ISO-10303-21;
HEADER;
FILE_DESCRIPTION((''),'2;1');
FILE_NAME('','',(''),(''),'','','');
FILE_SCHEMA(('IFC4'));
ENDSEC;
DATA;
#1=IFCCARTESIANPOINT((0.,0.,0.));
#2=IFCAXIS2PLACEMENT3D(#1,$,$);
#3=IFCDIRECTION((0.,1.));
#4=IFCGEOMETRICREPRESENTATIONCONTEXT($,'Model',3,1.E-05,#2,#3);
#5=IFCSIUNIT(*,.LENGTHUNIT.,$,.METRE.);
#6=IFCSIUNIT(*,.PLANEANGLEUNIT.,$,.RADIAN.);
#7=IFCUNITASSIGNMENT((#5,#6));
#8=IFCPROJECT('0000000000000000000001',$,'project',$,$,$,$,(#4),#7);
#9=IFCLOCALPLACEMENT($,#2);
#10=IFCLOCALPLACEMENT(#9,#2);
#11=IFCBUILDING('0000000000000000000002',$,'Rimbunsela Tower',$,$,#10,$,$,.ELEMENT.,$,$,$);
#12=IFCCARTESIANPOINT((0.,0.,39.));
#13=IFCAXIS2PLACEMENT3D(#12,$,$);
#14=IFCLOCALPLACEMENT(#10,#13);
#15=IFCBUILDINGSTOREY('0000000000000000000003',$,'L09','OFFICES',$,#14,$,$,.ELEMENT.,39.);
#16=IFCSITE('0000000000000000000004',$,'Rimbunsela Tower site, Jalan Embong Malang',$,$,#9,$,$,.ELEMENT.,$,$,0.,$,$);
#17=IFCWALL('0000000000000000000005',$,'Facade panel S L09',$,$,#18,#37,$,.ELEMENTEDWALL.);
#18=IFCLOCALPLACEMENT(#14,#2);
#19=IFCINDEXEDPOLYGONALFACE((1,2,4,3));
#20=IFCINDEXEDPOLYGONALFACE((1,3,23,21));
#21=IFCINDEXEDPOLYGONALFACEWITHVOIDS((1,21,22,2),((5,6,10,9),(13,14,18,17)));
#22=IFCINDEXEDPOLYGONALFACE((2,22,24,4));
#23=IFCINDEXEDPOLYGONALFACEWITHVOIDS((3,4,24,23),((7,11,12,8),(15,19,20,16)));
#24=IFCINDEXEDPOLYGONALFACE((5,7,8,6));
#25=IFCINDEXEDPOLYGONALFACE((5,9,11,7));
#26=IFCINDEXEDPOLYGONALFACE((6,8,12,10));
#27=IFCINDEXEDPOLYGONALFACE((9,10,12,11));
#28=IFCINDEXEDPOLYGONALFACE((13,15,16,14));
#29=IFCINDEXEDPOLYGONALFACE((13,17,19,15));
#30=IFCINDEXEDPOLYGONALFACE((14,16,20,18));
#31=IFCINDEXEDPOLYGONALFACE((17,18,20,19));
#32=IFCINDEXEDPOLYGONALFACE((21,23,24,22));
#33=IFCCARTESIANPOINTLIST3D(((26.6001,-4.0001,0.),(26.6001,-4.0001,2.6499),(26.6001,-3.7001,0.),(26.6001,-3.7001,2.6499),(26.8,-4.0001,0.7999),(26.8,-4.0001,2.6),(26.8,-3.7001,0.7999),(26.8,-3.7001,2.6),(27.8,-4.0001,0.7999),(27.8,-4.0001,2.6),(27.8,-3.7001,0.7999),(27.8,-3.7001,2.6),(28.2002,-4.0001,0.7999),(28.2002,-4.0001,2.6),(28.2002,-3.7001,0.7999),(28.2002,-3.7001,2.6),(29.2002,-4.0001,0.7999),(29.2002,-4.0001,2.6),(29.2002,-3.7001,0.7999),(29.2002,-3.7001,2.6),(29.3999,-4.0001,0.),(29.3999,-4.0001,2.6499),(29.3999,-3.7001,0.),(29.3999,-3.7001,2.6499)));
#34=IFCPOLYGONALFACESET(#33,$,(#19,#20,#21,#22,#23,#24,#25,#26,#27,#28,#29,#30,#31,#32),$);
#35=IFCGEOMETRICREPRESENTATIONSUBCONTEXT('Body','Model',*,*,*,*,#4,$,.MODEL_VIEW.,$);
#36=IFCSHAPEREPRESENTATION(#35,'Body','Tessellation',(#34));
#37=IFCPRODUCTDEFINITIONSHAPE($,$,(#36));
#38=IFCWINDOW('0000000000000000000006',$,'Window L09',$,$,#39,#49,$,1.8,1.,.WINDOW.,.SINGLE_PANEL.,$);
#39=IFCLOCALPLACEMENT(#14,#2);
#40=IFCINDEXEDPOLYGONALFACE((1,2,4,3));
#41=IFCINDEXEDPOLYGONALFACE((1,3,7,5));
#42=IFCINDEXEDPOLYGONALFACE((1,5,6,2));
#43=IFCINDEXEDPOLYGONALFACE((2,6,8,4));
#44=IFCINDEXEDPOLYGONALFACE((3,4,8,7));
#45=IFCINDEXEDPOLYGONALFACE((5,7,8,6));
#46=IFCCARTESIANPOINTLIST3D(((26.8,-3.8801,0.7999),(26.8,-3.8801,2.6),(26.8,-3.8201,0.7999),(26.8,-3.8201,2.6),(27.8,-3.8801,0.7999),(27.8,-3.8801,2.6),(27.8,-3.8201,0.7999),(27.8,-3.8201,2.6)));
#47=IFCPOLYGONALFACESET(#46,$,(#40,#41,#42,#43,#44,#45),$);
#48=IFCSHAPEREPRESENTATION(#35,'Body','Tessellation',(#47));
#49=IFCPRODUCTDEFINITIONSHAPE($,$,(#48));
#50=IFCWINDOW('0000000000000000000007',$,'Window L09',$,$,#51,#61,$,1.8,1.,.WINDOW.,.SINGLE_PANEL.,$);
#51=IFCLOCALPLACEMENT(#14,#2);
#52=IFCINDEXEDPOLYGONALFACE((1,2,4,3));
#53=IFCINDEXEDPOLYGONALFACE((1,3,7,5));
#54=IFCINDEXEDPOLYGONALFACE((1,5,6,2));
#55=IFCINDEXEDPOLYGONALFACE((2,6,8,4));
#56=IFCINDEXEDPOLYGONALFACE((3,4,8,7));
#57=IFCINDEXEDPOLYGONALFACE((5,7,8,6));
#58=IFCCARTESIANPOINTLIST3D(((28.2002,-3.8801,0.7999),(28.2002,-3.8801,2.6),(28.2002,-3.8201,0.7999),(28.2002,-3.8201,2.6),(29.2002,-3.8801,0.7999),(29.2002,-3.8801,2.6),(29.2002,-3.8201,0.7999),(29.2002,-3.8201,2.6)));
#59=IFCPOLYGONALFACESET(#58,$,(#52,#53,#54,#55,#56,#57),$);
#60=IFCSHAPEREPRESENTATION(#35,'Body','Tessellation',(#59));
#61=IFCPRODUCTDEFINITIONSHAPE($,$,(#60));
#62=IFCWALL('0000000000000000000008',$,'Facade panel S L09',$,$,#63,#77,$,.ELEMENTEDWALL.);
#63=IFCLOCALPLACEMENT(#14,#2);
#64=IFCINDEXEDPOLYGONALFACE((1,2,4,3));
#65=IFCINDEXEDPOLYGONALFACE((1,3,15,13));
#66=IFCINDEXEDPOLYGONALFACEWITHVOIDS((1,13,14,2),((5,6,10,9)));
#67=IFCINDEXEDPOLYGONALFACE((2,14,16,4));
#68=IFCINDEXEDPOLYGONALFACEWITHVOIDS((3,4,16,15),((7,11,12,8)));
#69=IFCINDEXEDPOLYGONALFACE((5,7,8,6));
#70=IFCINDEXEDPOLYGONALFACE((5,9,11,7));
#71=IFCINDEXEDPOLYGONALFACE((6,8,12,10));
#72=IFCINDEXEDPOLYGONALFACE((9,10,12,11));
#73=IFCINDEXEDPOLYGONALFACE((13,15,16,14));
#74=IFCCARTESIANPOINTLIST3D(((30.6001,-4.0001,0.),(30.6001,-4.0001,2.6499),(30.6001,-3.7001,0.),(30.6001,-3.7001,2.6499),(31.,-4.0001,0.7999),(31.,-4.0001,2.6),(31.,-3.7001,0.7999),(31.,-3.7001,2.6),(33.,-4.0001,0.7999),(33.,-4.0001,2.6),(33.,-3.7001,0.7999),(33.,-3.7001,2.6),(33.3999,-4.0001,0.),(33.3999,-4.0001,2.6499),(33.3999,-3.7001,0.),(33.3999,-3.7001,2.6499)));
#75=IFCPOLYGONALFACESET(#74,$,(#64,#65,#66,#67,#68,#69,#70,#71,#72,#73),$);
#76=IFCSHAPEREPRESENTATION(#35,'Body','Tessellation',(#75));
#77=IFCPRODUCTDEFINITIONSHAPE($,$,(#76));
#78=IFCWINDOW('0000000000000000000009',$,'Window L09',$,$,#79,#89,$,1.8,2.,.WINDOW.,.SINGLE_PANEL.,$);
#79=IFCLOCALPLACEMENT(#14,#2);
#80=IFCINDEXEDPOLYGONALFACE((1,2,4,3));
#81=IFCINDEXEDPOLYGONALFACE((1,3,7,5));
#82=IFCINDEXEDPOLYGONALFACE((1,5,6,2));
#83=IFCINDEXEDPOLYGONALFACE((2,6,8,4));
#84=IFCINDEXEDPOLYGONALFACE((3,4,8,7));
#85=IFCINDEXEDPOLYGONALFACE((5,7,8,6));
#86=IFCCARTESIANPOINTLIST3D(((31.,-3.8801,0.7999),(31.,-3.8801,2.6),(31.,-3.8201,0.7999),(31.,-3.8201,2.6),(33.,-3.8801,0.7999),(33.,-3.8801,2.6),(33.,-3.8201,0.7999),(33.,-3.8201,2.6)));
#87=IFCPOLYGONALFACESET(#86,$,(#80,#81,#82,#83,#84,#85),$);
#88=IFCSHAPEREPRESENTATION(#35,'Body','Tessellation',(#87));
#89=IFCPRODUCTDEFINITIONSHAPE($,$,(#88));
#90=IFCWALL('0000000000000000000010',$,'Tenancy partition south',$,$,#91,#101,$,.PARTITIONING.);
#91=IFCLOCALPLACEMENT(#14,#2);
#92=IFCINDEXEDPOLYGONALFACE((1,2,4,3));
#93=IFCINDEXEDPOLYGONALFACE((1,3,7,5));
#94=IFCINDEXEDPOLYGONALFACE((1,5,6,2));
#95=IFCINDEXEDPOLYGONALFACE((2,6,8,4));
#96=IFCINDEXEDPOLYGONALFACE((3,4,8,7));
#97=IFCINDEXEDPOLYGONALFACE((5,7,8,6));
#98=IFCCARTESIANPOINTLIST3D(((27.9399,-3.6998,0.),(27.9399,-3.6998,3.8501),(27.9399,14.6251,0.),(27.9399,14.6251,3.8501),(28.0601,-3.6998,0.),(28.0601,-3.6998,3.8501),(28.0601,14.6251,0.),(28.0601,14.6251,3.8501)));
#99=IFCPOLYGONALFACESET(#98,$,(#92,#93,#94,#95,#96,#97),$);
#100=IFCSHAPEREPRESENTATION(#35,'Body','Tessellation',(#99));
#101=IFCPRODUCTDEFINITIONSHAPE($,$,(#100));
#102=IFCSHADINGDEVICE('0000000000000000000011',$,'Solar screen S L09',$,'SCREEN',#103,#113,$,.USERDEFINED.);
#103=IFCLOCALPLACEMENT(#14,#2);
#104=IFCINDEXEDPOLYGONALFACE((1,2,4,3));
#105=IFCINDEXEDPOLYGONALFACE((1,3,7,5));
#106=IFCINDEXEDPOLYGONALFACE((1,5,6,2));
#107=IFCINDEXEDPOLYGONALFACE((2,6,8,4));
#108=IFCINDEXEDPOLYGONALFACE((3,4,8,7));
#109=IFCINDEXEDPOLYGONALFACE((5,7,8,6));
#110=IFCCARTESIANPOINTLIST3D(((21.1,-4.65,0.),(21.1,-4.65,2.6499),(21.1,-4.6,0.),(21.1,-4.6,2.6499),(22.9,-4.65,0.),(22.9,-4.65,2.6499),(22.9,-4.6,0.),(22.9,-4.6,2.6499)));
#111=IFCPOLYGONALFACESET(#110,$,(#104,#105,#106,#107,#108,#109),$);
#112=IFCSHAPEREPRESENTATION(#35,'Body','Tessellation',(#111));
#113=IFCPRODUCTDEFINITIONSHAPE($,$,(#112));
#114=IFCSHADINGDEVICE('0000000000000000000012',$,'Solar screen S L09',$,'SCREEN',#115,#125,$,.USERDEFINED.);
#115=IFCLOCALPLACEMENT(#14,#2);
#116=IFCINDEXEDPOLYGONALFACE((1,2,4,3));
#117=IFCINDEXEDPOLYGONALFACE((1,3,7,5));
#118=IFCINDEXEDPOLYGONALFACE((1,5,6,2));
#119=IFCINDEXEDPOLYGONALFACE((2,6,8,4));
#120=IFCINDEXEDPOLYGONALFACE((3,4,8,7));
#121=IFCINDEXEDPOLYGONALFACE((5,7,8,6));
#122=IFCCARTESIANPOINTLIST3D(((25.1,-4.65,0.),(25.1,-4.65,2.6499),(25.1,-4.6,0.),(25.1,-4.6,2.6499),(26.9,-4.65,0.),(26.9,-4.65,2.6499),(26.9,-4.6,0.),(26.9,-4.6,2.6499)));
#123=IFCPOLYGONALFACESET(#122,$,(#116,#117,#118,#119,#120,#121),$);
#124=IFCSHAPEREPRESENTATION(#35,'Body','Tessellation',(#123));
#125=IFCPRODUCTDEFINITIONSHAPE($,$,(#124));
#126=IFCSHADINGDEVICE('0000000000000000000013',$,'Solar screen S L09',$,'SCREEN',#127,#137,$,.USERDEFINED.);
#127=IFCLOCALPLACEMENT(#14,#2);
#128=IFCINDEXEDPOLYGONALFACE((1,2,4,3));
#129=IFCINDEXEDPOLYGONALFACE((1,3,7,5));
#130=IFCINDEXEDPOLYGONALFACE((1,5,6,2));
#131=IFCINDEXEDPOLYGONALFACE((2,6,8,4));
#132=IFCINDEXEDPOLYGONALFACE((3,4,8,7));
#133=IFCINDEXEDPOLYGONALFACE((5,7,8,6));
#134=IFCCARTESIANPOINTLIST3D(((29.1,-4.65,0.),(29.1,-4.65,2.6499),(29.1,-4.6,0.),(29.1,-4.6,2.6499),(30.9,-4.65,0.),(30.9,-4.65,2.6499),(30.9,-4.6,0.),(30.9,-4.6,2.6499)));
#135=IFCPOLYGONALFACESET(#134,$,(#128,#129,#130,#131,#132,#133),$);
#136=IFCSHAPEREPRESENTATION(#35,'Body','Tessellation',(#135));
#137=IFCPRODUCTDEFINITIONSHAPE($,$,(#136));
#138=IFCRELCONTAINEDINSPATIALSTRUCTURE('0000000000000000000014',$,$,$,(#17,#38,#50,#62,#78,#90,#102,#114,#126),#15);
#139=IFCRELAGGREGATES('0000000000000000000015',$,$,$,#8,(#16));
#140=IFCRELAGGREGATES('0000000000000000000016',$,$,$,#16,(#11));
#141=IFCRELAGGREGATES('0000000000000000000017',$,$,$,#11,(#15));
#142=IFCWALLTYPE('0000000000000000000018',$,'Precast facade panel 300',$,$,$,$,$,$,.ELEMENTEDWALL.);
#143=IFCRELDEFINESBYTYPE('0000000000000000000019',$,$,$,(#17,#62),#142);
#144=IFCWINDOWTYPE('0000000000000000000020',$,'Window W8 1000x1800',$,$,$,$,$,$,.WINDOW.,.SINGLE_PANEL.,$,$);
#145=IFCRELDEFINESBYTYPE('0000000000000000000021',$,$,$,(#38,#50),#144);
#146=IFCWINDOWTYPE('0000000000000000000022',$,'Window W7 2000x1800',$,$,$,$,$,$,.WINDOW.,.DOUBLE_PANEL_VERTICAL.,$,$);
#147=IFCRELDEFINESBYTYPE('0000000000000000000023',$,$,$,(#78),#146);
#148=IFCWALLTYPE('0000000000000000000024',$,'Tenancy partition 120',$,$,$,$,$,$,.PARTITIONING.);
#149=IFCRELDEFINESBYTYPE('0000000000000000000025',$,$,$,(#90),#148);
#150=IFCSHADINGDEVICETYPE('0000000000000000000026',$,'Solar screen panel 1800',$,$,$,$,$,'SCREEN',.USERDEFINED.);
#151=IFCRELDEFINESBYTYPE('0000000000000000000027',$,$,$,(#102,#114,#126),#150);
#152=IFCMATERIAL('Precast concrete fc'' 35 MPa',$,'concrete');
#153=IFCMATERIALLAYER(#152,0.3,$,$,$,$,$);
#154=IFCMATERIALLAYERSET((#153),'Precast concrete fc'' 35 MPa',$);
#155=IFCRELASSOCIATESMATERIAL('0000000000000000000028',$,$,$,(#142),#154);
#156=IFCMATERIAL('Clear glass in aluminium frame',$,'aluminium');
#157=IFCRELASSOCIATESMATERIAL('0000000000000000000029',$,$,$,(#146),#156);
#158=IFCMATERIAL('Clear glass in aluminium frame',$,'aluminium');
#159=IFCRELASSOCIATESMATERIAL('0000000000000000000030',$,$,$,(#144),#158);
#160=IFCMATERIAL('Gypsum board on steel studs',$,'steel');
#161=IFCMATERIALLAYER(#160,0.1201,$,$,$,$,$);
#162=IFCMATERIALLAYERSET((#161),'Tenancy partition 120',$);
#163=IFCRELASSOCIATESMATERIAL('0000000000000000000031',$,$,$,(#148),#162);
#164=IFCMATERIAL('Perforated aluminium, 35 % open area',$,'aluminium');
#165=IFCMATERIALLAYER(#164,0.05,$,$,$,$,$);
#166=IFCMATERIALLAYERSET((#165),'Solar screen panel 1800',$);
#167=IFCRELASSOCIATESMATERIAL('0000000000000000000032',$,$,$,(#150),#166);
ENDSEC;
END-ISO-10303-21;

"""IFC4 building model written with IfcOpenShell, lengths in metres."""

from ifc_helpers import new_model, si_unit, direction, frame, frame_2d, origin, origin_2d, place, context, subcontext, project, spatial, rectangle, extrude, material, layer, layer_set, type_object, element, fill, save


model = new_model("IFC4")

# Units and contexts
model_context = context("Model", 3, precision=1e-05, world=origin(), true_north=direction((0.0, 1.0)))
body_context = subcontext(model_context, "Body", "Model", "MODEL_VIEW")
ifc_project = project(units=[si_unit("LENGTHUNIT", "METRE"), si_unit("PLANEANGLEUNIT", "RADIAN")], contexts=[model_context])

# Site, building, storey
site_placement = place(None, origin())
site = spatial("IfcSite", under=ifc_project, at=site_placement, Name="Rimbunsela Tower site, Jalan Embong Malang", CompositionType="ELEMENT", RefElevation=0.0)
building_placement = place(site_placement, origin())
building = spatial("IfcBuilding", under=site, at=building_placement, Name="Rimbunsela Tower", CompositionType="ELEMENT")
storey_placement = place(building_placement, frame((0.0, 0.0, 39.0)))
storey = spatial("IfcBuildingStorey", under=building, at=storey_placement, Name="L09", Description="OFFICES", CompositionType="ELEMENT", Elevation=39.0)

# Shared definitions
ifc_material_1 = material(Name="Precast concrete fc' 35 MPa", Category="concrete")
ifc_layer_1 = layer(ifc_material_1, 0.3)
ifc_layer_set_1 = layer_set([ifc_layer_1], Name="Precast concrete fc' 35 MPa")
wall_type_1 = type_object("IfcWallType", Name="Precast facade panel 300", PredefinedType="ELEMENTEDWALL", material=ifc_layer_set_1)
ifc_material_2 = material(Name="Clear glass in aluminium frame", Category="aluminium")
window_type_1 = type_object("IfcWindowType", Name="Window W7 2000x1800", PartitioningType="DOUBLE_PANEL_VERTICAL", PredefinedType="WINDOW", material=ifc_material_2)

# Wall, openings, windows
wall_1_placement = place(storey_placement, frame((26.6001, -3.8501, 0.0), z_axis=(0.0, 0.0, 1.0), x_axis=(1.0, 0.0, 0.0)))
wall_1 = element("IfcWall", 1, at=wall_1_placement, inside=storey, type_object=wall_type_1, Name="Facade panel S L09", PredefinedType="ELEMENTEDWALL", context=body_context, shape_type="SweptSolid", body=[
    extrude(rectangle(XDim=2.7998, YDim=0.3, at=frame_2d((1.3999, 0.0))), origin(), (0.0, 0.0, 1.0), 2.6499),
])
opening_1_placement = place(wall_1_placement, frame((0.2, 0.0, 0.8)))
opening_1 = element("IfcOpeningElement", 2, at=opening_1_placement, cuts=wall_1, PredefinedType="OPENING", context=body_context, shape_type="SweptSolid", body=[
    extrude(rectangle(XDim=1.0, YDim=1.8, at=frame_2d((0.5, 0.8999))), frame((0.0, 0.1599, 0.0), z_axis=(0.0, -1.0, 0.0), x_axis=(1.0, 0.0, 0.0)), (0.0, 0.0, 1.0), 0.3201),
])
opening_2_placement = place(wall_1_placement, frame((1.6001, 0.0, 0.8)))
opening_2 = element("IfcOpeningElement", 3, at=opening_2_placement, cuts=wall_1, PredefinedType="OPENING", context=body_context, shape_type="SweptSolid", body=[
    extrude(rectangle(XDim=1.0, YDim=1.8, at=frame_2d((0.5, 0.8999))), frame((0.0, 0.1599, 0.0), z_axis=(0.0, -1.0, 0.0), x_axis=(1.0, 0.0, 0.0)), (0.0, 0.0, 1.0), 0.3201),
])
ifc_material_3 = material(Name="Clear glass in aluminium frame", Category="aluminium")
window_type_2 = type_object("IfcWindowType", Name="Window W8 1000x1800", PartitioningType="SINGLE_PANEL", PredefinedType="WINDOW", material=ifc_material_3)
window_1_placement = place(opening_1_placement, origin())
window_1 = element("IfcWindow", 4, at=window_1_placement, inside=storey, type_object=window_type_2, Name="Window L09", OverallHeight=1.8, OverallWidth=1.0, PartitioningType="SINGLE_PANEL", PredefinedType="WINDOW", context=body_context, shape_type="SweptSolid", body=[
    extrude(rectangle(XDim=1.0, YDim=1.8, at=frame_2d((0.5, 0.8999))), frame((0.0, 0.03, 0.0), z_axis=(0.0, -1.0, 0.0), x_axis=(1.0, 0.0, 0.0)), (0.0, 0.0, 1.0), 0.0601),
])
fill(opening_1, window_1)
window_2_placement = place(opening_2_placement, origin())
window_2 = element("IfcWindow", 5, at=window_2_placement, inside=storey, type_object=window_type_2, Name="Window L09", OverallHeight=1.8, OverallWidth=1.0, PartitioningType="SINGLE_PANEL", PredefinedType="WINDOW", context=body_context, shape_type="SweptSolid", body=[
    extrude(rectangle(XDim=1.0, YDim=1.8, at=frame_2d((0.5, 0.8999))), frame((0.0, 0.03, 0.0), z_axis=(0.0, -1.0, 0.0), x_axis=(1.0, 0.0, 0.0)), (0.0, 0.0, 1.0), 0.0601),
])
fill(opening_2, window_2)

# Wall, opening, window
wall_2_placement = place(storey_placement, frame((30.6001, -3.8501, 0.0), z_axis=(0.0, 0.0, 1.0), x_axis=(1.0, 0.0, 0.0)))
wall_2 = element("IfcWall", 6, at=wall_2_placement, inside=storey, type_object=wall_type_1, Name="Facade panel S L09", PredefinedType="ELEMENTEDWALL", context=body_context, shape_type="SweptSolid", body=[
    extrude(rectangle(XDim=2.7998, YDim=0.3, at=frame_2d((1.3999, 0.0))), origin(), (0.0, 0.0, 1.0), 2.6499),
])
opening_3_placement = place(wall_2_placement, frame((0.3999, 0.0, 0.8)))
opening_3 = element("IfcOpeningElement", 7, at=opening_3_placement, cuts=wall_2, PredefinedType="OPENING", context=body_context, shape_type="SweptSolid", body=[
    extrude(rectangle(XDim=2.0, YDim=1.8, at=frame_2d((1.0, 0.8999))), frame((0.0, 0.1599, 0.0), z_axis=(0.0, -1.0, 0.0), x_axis=(1.0, 0.0, 0.0)), (0.0, 0.0, 1.0), 0.3201),
])
window_3_placement = place(opening_3_placement, origin())
window_3 = element("IfcWindow", 8, at=window_3_placement, inside=storey, type_object=window_type_1, Name="Window L09", OverallHeight=1.8, OverallWidth=2.0, PartitioningType="SINGLE_PANEL", PredefinedType="WINDOW", context=body_context, shape_type="SweptSolid", body=[
    extrude(rectangle(XDim=2.0, YDim=1.8, at=frame_2d((1.0, 0.8999))), frame((0.0, 0.03, 0.0), z_axis=(0.0, -1.0, 0.0), x_axis=(1.0, 0.0, 0.0)), (0.0, 0.0, 1.0), 0.0601),
])
fill(opening_3, window_3)

# Wall
ifc_material_4 = material(Name="Gypsum board on steel studs", Category="steel")
ifc_layer_2 = layer(ifc_material_4, 0.1201)
ifc_layer_set_2 = layer_set([ifc_layer_2], Name="Tenancy partition 120")
wall_type_2 = type_object("IfcWallType", Name="Tenancy partition 120", PredefinedType="PARTITIONING", material=ifc_layer_set_2)
wall_3_placement = place(storey_placement, frame((28.0, -3.7, 0.0), z_axis=(0.0, 0.0, 1.0), x_axis=(0.0, 1.0, 0.0)))
element("IfcWall", 9, at=wall_3_placement, inside=storey, type_object=wall_type_2, Name="Tenancy partition south", PredefinedType="PARTITIONING", context=body_context, shape_type="SweptSolid", body=[
    extrude(rectangle(XDim=18.325, YDim=0.1201, at=frame_2d((9.1626, 0.0))), origin(), (0.0, 0.0, 1.0), 3.8501),
])

# Shading devices
ifc_material_5 = material(Name="Perforated aluminium, 35 % open area", Category="aluminium")
ifc_layer_3 = layer(ifc_material_5, 0.05)
ifc_layer_set_3 = layer_set([ifc_layer_3], Name="Solar screen panel 1800")
shading_device_type = type_object("IfcShadingDeviceType", Name="Solar screen panel 1800", ElementType="SCREEN", PredefinedType="USERDEFINED", material=ifc_layer_set_3)
for number, where, z_axis, x_axis, name in (
    (10, (22.0, -4.625, 0.0), (0.0, 0.0, 1.0), (1.0, 0.0, 0.0), "Solar screen S L09"),
    (11, (26.0, -4.625, 0.0), (0.0, 0.0, 1.0), (1.0, 0.0, 0.0), "Solar screen S L09"),
    (12, (30.0, -4.625, 0.0), (0.0, 0.0, 1.0), (1.0, 0.0, 0.0), "Solar screen S L09"),
):
    element("IfcShadingDevice", number, at=place(storey_placement, frame(where, z_axis=z_axis, x_axis=x_axis)), inside=storey, type_object=shading_device_type, Name=name, ObjectType="SCREEN", PredefinedType="USERDEFINED", context=body_context, shape_type="SweptSolid", body=[
        extrude(rectangle(XDim=1.8, YDim=0.05, at=origin_2d()), origin(), (0.0, 0.0, 1.0), 2.6499),
    ])

save(model, "model.ifc")
